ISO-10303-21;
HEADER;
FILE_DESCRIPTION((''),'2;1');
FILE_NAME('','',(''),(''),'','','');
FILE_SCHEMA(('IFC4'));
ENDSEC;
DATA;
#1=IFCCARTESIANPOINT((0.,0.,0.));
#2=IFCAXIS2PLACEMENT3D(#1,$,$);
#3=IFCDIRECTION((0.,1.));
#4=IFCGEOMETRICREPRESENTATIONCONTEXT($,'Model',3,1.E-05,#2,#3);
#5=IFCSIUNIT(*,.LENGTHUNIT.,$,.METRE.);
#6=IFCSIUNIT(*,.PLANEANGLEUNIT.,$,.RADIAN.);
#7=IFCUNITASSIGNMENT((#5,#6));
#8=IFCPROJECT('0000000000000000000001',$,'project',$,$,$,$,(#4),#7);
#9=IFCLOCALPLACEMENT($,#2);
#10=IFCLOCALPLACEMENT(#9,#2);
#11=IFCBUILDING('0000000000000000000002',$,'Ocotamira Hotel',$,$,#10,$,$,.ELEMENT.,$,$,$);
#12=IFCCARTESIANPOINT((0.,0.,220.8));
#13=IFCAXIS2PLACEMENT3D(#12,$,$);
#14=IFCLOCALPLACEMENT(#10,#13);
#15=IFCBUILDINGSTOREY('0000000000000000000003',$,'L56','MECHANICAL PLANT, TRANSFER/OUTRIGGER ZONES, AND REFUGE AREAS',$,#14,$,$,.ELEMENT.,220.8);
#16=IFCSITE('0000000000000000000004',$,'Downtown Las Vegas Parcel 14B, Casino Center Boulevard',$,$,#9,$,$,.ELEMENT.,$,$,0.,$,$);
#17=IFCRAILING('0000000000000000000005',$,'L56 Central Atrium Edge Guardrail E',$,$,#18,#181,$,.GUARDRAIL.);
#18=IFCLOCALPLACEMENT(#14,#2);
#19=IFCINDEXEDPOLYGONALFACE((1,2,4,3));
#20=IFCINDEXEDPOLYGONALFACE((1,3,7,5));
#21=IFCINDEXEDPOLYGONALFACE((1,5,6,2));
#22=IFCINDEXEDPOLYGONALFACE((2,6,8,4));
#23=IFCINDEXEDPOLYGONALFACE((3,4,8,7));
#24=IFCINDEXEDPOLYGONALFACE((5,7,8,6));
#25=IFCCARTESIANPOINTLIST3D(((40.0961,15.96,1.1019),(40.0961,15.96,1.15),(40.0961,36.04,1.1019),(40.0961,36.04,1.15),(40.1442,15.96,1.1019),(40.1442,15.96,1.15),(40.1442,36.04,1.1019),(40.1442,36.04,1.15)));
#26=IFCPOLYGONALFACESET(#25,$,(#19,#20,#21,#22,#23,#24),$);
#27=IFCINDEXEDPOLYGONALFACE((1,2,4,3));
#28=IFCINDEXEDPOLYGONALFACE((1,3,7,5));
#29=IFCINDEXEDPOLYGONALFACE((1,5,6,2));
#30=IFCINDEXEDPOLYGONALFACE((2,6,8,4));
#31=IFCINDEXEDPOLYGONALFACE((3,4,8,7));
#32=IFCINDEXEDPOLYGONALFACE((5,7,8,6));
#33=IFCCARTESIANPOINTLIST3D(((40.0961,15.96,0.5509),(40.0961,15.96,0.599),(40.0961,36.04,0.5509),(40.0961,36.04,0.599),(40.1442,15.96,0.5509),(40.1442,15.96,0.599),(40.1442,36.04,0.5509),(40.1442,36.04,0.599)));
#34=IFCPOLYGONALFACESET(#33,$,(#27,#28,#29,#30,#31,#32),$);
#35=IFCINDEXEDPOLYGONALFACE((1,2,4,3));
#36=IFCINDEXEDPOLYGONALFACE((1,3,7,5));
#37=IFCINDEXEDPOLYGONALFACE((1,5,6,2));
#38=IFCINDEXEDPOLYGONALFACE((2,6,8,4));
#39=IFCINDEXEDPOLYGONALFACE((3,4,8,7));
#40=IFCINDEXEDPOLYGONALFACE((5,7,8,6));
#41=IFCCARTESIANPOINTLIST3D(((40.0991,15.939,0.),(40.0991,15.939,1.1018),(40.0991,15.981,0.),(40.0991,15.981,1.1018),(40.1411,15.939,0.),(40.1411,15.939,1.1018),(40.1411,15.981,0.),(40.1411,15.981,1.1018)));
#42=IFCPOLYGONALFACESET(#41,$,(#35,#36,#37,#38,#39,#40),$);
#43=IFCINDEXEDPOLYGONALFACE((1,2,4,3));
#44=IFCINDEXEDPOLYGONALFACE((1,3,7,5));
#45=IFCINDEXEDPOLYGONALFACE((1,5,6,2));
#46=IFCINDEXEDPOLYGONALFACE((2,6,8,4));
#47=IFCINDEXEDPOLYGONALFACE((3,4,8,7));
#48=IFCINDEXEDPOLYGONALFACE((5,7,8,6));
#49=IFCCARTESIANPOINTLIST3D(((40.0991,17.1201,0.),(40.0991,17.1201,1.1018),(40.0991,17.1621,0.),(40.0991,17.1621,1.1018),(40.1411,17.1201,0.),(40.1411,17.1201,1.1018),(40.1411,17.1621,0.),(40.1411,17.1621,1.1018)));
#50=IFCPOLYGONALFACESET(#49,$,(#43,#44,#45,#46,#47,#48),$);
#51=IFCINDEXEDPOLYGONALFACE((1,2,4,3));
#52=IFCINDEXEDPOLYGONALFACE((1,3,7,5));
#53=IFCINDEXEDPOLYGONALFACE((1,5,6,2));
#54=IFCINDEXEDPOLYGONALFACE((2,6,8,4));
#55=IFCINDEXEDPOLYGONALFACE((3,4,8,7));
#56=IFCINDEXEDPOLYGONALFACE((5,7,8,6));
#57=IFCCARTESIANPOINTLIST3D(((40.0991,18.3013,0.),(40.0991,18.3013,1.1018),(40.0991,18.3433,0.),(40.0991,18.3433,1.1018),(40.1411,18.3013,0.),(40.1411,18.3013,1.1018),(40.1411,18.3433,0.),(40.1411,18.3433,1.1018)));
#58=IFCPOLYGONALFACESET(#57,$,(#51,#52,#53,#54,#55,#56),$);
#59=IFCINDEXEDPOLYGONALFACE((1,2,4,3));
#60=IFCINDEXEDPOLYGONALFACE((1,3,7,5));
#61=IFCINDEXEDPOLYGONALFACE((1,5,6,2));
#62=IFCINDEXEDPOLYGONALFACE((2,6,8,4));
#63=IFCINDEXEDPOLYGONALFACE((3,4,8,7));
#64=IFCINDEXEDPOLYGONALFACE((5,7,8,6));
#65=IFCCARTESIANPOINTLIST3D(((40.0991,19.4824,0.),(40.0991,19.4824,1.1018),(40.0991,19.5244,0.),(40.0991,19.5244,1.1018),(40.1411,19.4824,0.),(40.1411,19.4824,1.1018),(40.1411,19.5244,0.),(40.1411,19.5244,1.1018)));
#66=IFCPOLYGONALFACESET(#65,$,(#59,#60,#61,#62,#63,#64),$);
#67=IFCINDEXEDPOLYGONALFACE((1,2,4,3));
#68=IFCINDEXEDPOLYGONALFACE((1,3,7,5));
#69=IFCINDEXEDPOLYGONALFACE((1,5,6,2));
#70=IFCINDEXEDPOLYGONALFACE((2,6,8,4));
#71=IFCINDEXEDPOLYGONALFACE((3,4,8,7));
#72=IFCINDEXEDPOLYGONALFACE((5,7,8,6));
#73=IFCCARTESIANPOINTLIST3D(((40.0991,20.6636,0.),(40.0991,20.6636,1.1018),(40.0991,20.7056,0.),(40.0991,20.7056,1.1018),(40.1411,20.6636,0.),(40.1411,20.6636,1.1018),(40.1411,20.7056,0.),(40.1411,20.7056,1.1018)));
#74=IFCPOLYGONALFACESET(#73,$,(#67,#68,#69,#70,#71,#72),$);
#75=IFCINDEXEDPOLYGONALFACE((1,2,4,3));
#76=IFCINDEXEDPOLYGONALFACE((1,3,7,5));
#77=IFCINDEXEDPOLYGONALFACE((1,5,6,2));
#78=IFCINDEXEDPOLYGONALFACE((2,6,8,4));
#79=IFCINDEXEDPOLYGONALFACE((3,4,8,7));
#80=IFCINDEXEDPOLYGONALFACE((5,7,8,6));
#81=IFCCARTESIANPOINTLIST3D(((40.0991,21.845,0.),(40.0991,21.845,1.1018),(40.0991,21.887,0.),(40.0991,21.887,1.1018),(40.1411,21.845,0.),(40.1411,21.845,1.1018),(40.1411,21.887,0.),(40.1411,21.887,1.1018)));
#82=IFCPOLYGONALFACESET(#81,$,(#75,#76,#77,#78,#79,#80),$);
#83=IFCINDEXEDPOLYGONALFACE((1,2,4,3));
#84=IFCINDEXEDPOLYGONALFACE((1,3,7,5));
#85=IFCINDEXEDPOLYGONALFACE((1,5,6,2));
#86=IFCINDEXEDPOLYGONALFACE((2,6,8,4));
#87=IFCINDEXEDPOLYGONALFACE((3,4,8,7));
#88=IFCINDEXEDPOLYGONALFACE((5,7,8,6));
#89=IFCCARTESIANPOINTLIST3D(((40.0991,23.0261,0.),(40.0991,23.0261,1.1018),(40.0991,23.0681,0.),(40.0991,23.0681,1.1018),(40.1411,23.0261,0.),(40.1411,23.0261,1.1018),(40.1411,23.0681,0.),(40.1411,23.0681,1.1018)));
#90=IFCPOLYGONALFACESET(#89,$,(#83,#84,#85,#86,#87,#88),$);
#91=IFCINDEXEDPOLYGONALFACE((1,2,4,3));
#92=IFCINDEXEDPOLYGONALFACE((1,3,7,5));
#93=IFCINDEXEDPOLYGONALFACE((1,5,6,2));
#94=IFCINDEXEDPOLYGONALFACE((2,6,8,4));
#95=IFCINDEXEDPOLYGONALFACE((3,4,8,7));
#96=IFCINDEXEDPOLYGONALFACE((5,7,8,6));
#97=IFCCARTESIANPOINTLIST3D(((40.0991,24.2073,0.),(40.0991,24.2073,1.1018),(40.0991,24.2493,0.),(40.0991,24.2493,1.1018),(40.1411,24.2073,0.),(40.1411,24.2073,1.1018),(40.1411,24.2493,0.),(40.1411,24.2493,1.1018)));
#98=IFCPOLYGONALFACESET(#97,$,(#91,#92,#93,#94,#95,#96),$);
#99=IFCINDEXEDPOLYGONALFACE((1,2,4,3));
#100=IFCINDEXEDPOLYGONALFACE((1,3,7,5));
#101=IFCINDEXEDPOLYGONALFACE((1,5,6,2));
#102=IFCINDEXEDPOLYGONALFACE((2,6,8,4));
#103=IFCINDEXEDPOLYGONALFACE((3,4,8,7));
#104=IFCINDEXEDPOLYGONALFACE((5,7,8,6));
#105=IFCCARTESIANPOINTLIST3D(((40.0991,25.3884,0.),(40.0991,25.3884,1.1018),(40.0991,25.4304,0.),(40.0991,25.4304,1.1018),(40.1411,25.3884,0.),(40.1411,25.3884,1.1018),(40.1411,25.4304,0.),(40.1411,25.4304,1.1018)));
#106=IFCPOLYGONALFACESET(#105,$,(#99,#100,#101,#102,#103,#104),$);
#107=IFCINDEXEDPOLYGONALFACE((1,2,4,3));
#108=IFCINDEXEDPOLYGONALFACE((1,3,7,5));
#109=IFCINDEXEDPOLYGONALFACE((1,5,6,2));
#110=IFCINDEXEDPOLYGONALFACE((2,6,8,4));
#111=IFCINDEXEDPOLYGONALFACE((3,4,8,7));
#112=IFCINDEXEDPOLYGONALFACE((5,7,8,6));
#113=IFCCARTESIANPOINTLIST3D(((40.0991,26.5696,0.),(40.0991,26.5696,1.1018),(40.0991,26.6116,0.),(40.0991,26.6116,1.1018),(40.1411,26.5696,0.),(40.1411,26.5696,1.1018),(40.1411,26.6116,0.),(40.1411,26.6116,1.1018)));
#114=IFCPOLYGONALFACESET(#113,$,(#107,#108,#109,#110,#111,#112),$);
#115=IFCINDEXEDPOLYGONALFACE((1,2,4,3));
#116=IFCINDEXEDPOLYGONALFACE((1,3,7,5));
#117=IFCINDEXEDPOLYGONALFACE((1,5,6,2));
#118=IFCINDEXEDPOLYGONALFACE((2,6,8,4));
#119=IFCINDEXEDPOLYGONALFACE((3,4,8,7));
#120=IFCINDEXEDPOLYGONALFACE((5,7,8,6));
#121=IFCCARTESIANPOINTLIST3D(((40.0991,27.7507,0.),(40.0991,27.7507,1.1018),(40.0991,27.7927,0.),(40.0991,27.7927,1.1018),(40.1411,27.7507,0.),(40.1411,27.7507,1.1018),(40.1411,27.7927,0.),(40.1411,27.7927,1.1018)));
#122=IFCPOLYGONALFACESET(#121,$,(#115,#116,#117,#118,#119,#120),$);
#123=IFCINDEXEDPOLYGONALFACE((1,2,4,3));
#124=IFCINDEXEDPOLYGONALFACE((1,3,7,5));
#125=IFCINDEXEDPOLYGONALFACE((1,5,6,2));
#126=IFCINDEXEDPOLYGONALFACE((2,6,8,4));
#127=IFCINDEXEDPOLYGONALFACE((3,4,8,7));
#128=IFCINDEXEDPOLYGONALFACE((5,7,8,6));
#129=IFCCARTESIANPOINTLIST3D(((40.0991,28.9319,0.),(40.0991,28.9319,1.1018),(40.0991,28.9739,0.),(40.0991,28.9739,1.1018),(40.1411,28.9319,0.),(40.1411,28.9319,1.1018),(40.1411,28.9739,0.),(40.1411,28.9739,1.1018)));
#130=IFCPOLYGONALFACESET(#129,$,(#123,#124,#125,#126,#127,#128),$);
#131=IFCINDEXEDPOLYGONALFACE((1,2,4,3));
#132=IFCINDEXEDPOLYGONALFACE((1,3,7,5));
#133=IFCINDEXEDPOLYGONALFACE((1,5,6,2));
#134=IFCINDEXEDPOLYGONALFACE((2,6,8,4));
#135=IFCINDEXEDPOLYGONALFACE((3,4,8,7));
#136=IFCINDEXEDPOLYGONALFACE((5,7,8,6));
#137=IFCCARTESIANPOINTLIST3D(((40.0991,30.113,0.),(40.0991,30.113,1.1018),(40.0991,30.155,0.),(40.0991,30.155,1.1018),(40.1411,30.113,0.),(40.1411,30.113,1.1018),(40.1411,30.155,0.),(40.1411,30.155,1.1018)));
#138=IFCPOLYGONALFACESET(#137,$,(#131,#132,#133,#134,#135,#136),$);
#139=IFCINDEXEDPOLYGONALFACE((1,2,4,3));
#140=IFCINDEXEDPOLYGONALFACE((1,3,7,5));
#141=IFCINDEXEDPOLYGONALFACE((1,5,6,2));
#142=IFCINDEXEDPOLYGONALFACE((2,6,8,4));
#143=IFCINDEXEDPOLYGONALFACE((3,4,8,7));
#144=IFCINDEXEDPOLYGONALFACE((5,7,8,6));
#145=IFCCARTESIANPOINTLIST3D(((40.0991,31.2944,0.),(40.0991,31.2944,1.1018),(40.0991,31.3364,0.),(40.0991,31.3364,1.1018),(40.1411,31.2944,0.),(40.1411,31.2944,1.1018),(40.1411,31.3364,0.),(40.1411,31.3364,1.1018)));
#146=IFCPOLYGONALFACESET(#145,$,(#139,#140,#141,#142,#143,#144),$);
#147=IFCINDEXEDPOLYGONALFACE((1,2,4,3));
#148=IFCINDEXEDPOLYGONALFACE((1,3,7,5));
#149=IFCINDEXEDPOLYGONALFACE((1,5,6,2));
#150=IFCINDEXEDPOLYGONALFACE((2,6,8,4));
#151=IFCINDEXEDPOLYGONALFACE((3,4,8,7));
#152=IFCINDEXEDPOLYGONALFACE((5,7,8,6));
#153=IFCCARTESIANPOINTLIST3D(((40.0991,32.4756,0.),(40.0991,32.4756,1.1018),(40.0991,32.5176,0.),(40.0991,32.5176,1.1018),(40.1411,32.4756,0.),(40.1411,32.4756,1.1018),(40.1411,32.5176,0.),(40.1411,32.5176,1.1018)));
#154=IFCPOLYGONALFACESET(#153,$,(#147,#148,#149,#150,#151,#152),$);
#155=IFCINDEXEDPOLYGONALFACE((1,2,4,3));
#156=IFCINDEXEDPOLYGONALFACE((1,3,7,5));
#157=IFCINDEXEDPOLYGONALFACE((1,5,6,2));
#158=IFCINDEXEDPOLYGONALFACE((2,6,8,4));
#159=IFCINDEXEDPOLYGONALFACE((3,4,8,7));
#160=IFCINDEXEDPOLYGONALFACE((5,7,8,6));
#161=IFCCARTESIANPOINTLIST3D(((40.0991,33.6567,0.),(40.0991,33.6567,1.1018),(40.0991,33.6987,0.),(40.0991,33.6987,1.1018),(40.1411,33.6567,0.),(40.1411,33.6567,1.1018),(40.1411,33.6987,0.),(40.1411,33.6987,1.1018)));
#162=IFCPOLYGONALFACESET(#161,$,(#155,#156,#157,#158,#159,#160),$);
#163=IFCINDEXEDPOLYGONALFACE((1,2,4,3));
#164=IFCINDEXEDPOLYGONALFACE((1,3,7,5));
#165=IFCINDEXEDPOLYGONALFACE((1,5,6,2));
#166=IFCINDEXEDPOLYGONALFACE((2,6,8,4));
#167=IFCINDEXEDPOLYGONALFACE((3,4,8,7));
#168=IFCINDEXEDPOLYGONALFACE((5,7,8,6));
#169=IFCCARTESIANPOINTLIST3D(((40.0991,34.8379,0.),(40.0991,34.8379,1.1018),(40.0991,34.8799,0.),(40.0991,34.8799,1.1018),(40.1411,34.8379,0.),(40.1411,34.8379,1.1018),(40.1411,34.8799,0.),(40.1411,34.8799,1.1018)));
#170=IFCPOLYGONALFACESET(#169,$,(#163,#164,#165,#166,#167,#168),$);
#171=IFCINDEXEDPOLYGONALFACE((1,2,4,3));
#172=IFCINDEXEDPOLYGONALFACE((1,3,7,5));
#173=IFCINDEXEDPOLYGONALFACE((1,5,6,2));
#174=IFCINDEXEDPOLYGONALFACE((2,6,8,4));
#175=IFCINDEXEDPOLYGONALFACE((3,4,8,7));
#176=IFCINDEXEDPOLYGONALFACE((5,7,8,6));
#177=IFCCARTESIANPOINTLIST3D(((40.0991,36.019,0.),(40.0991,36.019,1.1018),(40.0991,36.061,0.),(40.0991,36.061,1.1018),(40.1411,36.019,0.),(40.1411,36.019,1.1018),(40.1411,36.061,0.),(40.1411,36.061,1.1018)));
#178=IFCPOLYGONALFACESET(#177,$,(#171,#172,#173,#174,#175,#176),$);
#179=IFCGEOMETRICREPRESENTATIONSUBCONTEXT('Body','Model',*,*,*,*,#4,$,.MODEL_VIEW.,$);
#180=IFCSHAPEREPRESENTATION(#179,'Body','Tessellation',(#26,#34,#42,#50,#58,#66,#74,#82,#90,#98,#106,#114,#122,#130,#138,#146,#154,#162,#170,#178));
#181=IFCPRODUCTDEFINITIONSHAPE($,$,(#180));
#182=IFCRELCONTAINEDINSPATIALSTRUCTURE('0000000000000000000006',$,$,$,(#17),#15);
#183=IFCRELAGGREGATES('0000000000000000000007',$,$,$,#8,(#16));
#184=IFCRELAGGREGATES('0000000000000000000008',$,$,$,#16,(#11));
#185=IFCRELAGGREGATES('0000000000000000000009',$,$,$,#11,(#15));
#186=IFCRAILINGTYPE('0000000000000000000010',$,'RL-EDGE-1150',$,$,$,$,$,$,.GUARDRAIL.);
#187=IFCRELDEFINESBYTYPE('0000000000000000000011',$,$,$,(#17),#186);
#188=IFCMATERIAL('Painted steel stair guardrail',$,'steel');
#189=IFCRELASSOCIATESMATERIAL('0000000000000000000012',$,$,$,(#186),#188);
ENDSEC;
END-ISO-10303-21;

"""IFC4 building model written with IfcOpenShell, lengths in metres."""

from ifc_helpers import new_model, si_unit, direction, frame, origin, origin_2d, place, context, subcontext, project, spatial, rectangle, extrude, material, type_object, element, save


model = new_model("IFC4")

# Units and contexts
model_context = context("Model", 3, precision=1e-05, world=origin(), true_north=direction((0.0, 1.0)))
body_context = subcontext(model_context, "Body", "Model", "MODEL_VIEW")
ifc_project = project(units=[si_unit("LENGTHUNIT", "METRE"), si_unit("PLANEANGLEUNIT", "RADIAN")], contexts=[model_context])

# Site, building, storey
site_placement = place(None, origin())
site = spatial("IfcSite", under=ifc_project, at=site_placement, Name="Downtown Las Vegas Parcel 14B, Casino Center Boulevard", CompositionType="ELEMENT", RefElevation=0.0)
building_placement = place(site_placement, origin())
building = spatial("IfcBuilding", under=site, at=building_placement, Name="Ocotamira Hotel", CompositionType="ELEMENT")
storey_placement = place(building_placement, frame((0.0, 0.0, 220.8)))
storey = spatial("IfcBuildingStorey", under=building, at=storey_placement, Name="L56", Description="MECHANICAL PLANT, TRANSFER/OUTRIGGER ZONES, AND REFUGE AREAS", CompositionType="ELEMENT", Elevation=220.8)

# Railing
ifc_material_1 = material(Name="Painted steel stair guardrail", Category="steel")
railing_type = type_object("IfcRailingType", Name="RL-EDGE-1150", PredefinedType="GUARDRAIL", material=ifc_material_1)
railing_1_placement = place(storey_placement, frame((40.1201, 15.96, 0.0)))
element("IfcRailing", 1, at=railing_1_placement, inside=storey, type_object=railing_type, Name="L56 Central Atrium Edge Guardrail E", PredefinedType="GUARDRAIL", context=body_context, shape_type="SweptSolid", body=[
    extrude(rectangle(XDim=0.0481, YDim=0.0481, at=origin_2d()), frame((0.0, 0.0, 1.126), z_axis=(0.0, 1.0, 0.0), x_axis=(-1.0, 0.0, 0.0)), (0.0, 0.0, 1.0), 20.0801),
    extrude(rectangle(XDim=0.0481, YDim=0.0481, at=origin_2d()), frame((0.0, 0.0, 0.575), z_axis=(0.0, 1.0, 0.0), x_axis=(-1.0, 0.0, 0.0)), (0.0, 0.0, 1.0), 20.0801),
    extrude(rectangle(XDim=0.042, YDim=0.042, at=origin_2d()), origin(), (0.0, 0.0, 1.0), 1.1018),
    extrude(rectangle(XDim=0.042, YDim=0.042, at=origin_2d()), frame((0.0, 1.1812, 0.0)), (0.0, 0.0, 1.0), 1.1018),
    extrude(rectangle(XDim=0.042, YDim=0.042, at=origin_2d()), frame((0.0, 2.3623, 0.0)), (0.0, 0.0, 1.0), 1.1018),
    extrude(rectangle(XDim=0.042, YDim=0.042, at=origin_2d()), frame((0.0, 3.5435, 0.0)), (0.0, 0.0, 1.0), 1.1018),
    extrude(rectangle(XDim=0.042, YDim=0.042, at=origin_2d()), frame((0.0, 4.7246, 0.0)), (0.0, 0.0, 1.0), 1.1018),
    extrude(rectangle(XDim=0.042, YDim=0.042, at=origin_2d()), frame((0.0, 5.906, 0.0)), (0.0, 0.0, 1.0), 1.1018),
    extrude(rectangle(XDim=0.042, YDim=0.042, at=origin_2d()), frame((0.0, 7.0872, 0.0)), (0.0, 0.0, 1.0), 1.1018),
    extrude(rectangle(XDim=0.042, YDim=0.042, at=origin_2d()), frame((0.0, 8.2683, 0.0)), (0.0, 0.0, 1.0), 1.1018),
    extrude(rectangle(XDim=0.042, YDim=0.042, at=origin_2d()), frame((0.0, 9.4495, 0.0)), (0.0, 0.0, 1.0), 1.1018),
    extrude(rectangle(XDim=0.042, YDim=0.042, at=origin_2d()), frame((0.0, 10.6306, 0.0)), (0.0, 0.0, 1.0), 1.1018),
    extrude(rectangle(XDim=0.042, YDim=0.042, at=origin_2d()), frame((0.0, 11.8118, 0.0)), (0.0, 0.0, 1.0), 1.1018),
    extrude(rectangle(XDim=0.042, YDim=0.042, at=origin_2d()), frame((0.0, 12.9929, 0.0)), (0.0, 0.0, 1.0), 1.1018),
    extrude(rectangle(XDim=0.042, YDim=0.042, at=origin_2d()), frame((0.0, 14.1741, 0.0)), (0.0, 0.0, 1.0), 1.1018),
    extrude(rectangle(XDim=0.042, YDim=0.042, at=origin_2d()), frame((0.0, 15.3555, 0.0)), (0.0, 0.0, 1.0), 1.1018),
    extrude(rectangle(XDim=0.042, YDim=0.042, at=origin_2d()), frame((0.0, 16.5366, 0.0)), (0.0, 0.0, 1.0), 1.1018),
    extrude(rectangle(XDim=0.042, YDim=0.042, at=origin_2d()), frame((0.0, 17.7178, 0.0)), (0.0, 0.0, 1.0), 1.1018),
    extrude(rectangle(XDim=0.042, YDim=0.042, at=origin_2d()), frame((0.0, 18.8989, 0.0)), (0.0, 0.0, 1.0), 1.1018),
    extrude(rectangle(XDim=0.042, YDim=0.042, at=origin_2d()), frame((0.0, 20.0801, 0.0)), (0.0, 0.0, 1.0), 1.1018),
])

save(model, "model.ifc")
